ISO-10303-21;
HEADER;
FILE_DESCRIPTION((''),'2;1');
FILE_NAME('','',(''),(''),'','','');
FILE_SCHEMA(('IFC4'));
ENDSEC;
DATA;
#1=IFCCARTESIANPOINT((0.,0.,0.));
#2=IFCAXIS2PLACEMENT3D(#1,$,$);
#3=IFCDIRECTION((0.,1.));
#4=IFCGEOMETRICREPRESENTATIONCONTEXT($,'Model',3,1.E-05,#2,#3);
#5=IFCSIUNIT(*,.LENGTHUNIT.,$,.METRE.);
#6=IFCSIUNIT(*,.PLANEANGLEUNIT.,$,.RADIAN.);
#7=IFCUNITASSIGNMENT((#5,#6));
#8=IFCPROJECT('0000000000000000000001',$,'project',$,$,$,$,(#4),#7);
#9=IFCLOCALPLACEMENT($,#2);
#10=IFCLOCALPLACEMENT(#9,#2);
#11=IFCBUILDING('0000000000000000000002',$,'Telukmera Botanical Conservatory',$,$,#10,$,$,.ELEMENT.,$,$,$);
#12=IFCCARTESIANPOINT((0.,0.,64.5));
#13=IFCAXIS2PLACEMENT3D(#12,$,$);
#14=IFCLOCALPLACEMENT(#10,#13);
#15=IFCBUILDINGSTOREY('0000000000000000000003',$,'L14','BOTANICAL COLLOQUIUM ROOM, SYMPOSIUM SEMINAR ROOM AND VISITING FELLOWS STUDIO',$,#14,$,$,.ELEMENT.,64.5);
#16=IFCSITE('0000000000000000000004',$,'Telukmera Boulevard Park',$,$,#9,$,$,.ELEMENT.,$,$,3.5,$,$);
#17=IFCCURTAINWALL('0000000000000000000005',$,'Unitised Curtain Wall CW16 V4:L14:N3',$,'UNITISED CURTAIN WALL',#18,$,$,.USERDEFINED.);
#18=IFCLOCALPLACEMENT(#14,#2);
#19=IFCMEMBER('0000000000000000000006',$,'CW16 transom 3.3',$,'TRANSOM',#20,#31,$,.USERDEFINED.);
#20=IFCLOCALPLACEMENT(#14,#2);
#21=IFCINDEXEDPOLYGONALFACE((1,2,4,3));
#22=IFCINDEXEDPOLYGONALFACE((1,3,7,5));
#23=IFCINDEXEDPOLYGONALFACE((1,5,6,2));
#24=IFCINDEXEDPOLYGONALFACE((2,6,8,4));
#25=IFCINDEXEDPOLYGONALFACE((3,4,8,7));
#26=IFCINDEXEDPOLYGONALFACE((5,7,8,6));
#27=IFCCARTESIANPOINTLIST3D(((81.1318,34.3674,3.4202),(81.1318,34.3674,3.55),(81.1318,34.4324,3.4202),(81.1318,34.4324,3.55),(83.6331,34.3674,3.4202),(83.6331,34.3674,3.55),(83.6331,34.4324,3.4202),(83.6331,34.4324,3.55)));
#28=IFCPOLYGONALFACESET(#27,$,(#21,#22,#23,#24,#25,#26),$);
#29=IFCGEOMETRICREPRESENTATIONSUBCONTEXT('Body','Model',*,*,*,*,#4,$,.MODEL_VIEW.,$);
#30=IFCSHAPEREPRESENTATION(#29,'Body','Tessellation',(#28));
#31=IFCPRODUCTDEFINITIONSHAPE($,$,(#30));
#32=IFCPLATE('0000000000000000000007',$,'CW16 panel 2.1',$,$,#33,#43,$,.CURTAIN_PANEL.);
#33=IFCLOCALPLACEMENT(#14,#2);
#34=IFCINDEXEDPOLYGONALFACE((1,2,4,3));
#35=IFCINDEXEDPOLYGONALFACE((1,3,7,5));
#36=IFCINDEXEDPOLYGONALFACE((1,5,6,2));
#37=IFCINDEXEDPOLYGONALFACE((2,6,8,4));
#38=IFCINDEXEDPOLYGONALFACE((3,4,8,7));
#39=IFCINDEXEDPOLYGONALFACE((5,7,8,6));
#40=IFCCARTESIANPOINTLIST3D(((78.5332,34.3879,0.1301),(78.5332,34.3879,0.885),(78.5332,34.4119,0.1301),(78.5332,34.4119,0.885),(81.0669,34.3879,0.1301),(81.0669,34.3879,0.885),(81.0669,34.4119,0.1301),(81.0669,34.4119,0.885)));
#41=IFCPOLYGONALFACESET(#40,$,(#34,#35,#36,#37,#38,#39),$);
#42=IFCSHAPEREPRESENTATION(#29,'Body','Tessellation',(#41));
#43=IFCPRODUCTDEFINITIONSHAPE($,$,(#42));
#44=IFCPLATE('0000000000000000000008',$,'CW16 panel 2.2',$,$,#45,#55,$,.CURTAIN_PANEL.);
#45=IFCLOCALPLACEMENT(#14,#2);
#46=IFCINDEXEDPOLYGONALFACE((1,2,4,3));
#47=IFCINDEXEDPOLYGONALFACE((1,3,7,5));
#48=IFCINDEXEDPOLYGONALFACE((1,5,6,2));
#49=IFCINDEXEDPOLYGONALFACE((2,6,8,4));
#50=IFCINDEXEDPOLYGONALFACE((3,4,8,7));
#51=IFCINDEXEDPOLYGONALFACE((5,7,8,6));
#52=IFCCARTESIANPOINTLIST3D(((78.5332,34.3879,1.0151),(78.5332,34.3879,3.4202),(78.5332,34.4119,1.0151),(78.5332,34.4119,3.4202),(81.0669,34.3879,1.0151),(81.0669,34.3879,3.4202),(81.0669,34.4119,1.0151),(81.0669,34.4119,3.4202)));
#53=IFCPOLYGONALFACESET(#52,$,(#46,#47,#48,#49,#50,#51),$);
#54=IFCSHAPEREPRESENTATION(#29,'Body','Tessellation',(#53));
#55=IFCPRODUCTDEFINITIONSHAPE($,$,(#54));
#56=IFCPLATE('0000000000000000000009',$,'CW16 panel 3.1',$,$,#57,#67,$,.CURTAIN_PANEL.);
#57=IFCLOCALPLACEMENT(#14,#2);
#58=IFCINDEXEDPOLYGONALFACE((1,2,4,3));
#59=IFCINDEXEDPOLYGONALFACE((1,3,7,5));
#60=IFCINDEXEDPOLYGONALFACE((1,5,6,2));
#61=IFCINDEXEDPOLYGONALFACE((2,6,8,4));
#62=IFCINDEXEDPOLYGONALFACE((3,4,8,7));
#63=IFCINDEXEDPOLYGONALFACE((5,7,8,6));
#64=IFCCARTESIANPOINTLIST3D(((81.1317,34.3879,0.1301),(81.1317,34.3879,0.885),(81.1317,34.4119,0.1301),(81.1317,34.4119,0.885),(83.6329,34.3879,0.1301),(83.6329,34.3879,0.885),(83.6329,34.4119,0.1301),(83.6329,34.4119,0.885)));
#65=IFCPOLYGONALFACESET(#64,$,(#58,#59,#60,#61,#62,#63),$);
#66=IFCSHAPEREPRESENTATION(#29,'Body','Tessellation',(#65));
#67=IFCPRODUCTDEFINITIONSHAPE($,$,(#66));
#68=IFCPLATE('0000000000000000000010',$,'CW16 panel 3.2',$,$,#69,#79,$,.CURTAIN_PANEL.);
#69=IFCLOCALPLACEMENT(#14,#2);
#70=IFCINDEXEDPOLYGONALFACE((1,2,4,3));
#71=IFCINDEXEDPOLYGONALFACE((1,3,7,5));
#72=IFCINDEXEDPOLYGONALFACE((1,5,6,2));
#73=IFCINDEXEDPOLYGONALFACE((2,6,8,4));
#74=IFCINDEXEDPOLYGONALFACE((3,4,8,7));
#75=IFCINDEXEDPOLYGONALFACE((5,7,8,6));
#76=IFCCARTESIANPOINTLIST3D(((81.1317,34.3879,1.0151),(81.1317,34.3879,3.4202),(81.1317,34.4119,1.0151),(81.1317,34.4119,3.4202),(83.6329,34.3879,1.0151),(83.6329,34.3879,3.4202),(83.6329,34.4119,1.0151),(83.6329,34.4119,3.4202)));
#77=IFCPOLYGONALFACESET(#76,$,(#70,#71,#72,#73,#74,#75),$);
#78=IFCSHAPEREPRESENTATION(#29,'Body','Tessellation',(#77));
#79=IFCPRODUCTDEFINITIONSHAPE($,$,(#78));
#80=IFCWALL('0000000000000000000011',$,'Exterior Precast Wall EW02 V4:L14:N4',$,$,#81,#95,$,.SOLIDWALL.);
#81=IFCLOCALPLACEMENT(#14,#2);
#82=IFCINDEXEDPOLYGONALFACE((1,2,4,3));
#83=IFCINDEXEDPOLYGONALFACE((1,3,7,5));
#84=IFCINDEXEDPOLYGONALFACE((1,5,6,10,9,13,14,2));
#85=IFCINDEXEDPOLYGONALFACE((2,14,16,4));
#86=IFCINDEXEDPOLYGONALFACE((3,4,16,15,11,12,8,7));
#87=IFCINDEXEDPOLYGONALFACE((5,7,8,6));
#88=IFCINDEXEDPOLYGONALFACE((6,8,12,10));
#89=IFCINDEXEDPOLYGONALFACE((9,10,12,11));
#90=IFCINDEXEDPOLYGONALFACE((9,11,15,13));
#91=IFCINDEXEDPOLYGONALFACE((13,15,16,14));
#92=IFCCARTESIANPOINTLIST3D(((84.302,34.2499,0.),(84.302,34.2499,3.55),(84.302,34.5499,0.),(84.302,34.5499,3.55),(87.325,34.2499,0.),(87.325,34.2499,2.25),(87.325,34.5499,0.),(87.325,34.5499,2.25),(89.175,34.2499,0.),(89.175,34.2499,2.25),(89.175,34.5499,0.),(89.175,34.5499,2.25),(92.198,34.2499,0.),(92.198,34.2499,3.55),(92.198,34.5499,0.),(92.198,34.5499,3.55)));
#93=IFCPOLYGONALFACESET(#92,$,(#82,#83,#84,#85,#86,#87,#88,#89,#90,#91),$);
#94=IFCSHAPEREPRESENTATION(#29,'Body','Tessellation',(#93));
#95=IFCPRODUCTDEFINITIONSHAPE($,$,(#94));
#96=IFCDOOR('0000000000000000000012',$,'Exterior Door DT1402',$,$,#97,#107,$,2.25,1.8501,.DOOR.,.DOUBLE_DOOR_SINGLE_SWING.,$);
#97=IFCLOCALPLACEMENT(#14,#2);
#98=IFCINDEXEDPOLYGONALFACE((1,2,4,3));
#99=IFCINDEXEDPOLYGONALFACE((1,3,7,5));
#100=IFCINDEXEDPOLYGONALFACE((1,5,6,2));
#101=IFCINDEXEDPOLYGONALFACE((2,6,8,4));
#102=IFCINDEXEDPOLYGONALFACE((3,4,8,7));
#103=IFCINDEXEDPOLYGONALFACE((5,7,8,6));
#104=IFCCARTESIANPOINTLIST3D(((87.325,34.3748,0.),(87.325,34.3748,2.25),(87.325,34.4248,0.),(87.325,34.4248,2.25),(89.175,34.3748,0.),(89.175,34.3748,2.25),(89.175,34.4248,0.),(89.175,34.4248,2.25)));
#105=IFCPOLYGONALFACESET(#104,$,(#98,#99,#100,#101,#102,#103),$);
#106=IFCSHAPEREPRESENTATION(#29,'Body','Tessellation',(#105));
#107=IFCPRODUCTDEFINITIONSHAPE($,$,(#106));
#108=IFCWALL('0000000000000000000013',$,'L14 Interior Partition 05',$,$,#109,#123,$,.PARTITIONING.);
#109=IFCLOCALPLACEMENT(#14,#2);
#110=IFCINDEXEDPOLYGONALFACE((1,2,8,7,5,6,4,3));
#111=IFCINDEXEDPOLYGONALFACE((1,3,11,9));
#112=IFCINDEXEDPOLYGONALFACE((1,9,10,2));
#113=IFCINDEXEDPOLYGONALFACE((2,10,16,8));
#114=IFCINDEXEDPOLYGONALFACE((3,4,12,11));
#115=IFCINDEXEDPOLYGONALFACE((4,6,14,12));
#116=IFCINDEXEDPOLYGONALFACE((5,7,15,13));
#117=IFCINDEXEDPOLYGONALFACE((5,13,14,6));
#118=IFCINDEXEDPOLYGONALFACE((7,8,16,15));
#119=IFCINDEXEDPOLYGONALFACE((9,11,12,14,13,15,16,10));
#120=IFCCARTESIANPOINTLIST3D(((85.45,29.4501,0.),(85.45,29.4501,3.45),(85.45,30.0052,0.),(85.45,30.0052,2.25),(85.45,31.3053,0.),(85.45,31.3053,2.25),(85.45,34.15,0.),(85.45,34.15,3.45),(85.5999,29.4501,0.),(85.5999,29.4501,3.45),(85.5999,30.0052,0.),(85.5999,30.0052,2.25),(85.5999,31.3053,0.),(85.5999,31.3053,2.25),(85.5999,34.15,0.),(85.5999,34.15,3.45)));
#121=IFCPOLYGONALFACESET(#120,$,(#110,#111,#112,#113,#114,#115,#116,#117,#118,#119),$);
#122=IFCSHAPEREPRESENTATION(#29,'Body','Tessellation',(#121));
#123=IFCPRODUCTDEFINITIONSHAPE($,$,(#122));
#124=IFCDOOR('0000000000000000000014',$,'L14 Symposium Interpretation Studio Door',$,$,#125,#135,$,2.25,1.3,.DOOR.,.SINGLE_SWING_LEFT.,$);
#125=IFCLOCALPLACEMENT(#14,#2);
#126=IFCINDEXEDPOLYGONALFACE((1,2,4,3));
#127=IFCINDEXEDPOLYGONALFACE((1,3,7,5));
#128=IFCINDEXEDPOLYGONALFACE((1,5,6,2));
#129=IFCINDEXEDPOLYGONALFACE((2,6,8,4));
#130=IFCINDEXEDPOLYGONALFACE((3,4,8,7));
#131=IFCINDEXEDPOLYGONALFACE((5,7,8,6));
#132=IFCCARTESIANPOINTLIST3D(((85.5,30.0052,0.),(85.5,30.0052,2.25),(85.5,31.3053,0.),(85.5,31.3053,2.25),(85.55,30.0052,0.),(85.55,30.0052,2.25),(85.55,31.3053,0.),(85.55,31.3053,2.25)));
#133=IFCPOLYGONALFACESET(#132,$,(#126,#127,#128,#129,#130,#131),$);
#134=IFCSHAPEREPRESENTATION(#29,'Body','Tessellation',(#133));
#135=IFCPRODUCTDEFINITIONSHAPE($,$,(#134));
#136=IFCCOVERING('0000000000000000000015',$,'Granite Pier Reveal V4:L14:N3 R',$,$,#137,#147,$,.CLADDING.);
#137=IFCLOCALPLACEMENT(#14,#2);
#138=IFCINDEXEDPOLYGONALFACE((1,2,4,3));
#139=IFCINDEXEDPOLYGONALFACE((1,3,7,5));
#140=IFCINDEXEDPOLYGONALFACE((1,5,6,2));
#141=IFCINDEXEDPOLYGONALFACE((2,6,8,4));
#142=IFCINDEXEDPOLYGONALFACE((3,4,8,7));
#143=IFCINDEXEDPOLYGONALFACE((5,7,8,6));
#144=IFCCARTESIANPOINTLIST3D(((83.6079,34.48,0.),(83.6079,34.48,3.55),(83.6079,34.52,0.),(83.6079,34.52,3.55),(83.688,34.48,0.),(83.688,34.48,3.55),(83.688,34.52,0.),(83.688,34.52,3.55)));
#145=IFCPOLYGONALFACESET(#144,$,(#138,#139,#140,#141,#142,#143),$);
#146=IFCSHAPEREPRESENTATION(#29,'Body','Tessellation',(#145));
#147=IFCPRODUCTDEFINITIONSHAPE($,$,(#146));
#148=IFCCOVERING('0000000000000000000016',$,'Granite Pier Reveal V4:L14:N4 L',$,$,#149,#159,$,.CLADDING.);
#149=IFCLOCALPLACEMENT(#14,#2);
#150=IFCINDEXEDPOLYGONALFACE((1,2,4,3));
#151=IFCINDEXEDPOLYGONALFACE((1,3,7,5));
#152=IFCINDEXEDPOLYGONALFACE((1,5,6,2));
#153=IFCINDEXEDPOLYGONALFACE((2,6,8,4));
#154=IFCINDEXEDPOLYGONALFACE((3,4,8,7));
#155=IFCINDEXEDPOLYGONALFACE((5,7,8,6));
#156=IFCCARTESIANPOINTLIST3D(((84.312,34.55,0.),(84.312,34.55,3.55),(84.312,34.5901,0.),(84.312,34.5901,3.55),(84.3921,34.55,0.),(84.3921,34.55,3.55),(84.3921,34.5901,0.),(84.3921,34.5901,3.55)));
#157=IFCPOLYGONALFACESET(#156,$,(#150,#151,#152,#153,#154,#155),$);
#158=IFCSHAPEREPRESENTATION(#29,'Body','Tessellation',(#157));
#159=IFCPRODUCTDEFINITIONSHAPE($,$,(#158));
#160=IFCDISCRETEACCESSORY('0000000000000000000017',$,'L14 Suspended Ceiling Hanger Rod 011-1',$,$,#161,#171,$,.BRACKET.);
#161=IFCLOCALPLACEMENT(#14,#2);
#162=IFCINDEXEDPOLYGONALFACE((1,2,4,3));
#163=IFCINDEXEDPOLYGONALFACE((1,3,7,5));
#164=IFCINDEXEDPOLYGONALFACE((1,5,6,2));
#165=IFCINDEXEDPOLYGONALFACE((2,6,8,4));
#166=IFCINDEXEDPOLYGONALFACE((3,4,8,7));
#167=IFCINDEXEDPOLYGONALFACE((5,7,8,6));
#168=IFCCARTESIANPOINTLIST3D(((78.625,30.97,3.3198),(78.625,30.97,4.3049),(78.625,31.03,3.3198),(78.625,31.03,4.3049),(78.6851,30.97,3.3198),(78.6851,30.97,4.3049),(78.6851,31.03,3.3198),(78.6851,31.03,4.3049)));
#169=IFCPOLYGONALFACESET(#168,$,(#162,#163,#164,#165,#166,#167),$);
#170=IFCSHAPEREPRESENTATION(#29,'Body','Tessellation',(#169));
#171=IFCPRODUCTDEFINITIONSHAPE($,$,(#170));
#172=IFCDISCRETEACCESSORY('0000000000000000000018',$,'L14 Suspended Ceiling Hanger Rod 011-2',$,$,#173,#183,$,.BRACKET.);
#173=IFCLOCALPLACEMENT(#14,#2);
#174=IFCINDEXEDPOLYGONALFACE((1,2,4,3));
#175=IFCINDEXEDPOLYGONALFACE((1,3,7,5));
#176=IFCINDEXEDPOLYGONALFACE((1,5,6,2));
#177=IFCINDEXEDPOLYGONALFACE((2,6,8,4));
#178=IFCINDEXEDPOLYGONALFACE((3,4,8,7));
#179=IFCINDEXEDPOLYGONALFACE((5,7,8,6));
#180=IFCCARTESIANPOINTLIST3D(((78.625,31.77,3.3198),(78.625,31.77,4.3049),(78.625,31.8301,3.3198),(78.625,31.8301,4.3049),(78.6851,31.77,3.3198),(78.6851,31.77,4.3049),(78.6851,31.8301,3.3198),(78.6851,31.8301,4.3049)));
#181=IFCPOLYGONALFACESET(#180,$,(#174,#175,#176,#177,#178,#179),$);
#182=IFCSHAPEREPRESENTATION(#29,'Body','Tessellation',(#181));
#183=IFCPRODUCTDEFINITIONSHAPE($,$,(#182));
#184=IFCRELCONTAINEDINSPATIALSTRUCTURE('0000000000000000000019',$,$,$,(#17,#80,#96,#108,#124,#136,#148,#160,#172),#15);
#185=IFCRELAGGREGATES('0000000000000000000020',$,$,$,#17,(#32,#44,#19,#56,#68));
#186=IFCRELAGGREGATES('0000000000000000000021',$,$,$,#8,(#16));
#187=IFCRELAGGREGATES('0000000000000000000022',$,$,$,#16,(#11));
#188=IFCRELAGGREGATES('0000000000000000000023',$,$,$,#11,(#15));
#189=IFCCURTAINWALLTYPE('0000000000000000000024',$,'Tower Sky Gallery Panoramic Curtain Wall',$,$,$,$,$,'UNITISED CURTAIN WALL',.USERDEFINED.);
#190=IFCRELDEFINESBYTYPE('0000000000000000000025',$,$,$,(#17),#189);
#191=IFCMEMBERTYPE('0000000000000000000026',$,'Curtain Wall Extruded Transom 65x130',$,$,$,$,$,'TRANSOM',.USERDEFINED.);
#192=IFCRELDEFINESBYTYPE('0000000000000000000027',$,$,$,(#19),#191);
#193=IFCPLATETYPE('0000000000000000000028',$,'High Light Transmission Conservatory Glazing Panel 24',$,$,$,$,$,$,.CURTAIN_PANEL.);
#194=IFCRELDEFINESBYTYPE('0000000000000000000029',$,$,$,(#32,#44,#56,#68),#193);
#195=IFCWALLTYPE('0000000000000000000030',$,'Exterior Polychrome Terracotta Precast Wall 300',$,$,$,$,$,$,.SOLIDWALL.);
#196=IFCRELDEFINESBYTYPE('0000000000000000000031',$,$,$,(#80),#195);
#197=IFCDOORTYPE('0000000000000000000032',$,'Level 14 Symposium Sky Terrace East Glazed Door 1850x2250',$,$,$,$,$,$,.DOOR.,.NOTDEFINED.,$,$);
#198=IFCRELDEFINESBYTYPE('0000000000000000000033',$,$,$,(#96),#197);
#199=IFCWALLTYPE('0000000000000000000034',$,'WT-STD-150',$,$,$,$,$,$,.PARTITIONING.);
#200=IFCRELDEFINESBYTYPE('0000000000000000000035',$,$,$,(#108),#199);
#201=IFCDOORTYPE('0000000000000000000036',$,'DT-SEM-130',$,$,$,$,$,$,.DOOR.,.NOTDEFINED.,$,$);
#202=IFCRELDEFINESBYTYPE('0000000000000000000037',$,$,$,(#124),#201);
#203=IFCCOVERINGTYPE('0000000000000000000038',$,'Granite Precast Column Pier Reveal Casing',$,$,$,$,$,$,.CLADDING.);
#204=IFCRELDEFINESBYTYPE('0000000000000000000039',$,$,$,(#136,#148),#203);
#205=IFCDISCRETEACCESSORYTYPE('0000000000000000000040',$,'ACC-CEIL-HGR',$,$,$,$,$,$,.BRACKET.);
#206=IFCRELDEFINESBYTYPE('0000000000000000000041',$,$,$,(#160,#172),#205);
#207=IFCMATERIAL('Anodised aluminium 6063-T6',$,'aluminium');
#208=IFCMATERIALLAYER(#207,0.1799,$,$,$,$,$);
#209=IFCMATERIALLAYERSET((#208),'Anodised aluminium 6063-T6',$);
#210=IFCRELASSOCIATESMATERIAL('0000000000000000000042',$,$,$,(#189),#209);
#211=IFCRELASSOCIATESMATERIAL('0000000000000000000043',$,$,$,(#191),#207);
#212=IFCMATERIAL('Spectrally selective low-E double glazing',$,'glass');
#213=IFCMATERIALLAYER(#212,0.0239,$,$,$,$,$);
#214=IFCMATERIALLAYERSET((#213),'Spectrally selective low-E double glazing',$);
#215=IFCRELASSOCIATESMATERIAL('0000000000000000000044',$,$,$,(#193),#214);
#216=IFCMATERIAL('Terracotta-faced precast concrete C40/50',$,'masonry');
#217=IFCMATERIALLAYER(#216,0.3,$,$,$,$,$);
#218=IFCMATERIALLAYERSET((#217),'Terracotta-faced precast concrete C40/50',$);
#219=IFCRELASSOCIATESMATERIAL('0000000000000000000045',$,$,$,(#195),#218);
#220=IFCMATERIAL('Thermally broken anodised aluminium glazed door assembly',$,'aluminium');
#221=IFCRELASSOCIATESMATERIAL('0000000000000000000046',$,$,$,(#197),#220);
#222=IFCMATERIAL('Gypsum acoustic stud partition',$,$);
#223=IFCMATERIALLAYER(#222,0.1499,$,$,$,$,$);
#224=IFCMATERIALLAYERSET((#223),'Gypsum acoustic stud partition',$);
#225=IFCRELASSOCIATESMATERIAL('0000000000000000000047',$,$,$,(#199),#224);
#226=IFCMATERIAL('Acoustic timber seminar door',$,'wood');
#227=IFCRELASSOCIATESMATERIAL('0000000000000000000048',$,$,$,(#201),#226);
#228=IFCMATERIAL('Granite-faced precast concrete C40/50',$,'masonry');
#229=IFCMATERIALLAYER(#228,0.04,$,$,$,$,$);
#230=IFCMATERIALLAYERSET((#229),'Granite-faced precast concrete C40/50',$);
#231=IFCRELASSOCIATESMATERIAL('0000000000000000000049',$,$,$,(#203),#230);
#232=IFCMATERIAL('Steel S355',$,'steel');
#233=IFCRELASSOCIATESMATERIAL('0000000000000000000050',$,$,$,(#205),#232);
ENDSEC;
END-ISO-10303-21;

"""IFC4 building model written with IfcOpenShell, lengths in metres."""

from ifc_helpers import new_model, si_unit, direction, frame, frame_2d, origin, origin_2d, place, context, subcontext, project, spatial, rectangle, extrude, material, layer, layer_set, material_profile, profile_set, type_object, element, fill, aggregate, save


model = new_model("IFC4")

# Units and contexts
model_context = context("Model", 3, precision=1e-05, world=origin(), true_north=direction((0.0, 1.0)))
body_context = subcontext(model_context, "Body", "Model", "MODEL_VIEW")
ifc_project = project(units=[si_unit("LENGTHUNIT", "METRE"), si_unit("PLANEANGLEUNIT", "RADIAN")], contexts=[model_context])

# Site, building, storey
site_placement = place(None, origin())
site = spatial("IfcSite", under=ifc_project, at=site_placement, Name="Telukmera Boulevard Park", CompositionType="ELEMENT", RefElevation=3.5)
building_placement = place(site_placement, origin())
building = spatial("IfcBuilding", under=site, at=building_placement, Name="Telukmera Botanical Conservatory", CompositionType="ELEMENT")
storey_placement = place(building_placement, frame((0.0, 0.0, 64.5)))
storey = spatial("IfcBuildingStorey", under=building, at=storey_placement, Name="L14", Description="BOTANICAL COLLOQUIUM ROOM, SYMPOSIUM SEMINAR ROOM AND VISITING FELLOWS STUDIO", CompositionType="ELEMENT", Elevation=64.5)

# Curtain wall, member, plates
ifc_material_1 = material(Name="Anodised aluminium 6063-T6", Category="aluminium")
ifc_layer_1 = layer(ifc_material_1, 0.1799)
ifc_layer_set_1 = layer_set([ifc_layer_1], Name="Anodised aluminium 6063-T6")
curtain_wall_type = type_object("IfcCurtainWallType", Name="Tower Sky Gallery Panoramic Curtain Wall", ElementType="UNITISED CURTAIN WALL", PredefinedType="USERDEFINED", material=ifc_layer_set_1)
curtain_wall_placement = place(storey_placement, origin())
curtain_wall = element("IfcCurtainWall", 1, at=curtain_wall_placement, inside=storey, type_object=curtain_wall_type, Name="Unitised Curtain Wall CW16 V4:L14:N3", ObjectType="UNITISED CURTAIN WALL", PredefinedType="USERDEFINED")
ifc_material_profile_1 = material_profile(ifc_material_1, rectangle(XDim=0.0649, YDim=0.1299, at=origin_2d()), Name="ALU TRAN 65x130")
ifc_profile_set_1 = profile_set([ifc_material_profile_1], Name="Anodised aluminium 6063-T6")
member_type_1 = type_object("IfcMemberType", Name="Curtain Wall Extruded Transom 65x130", ElementType="TRANSOM", PredefinedType="USERDEFINED", material=ifc_profile_set_1)
member_1_placement = place(storey_placement, frame((81.1318, 34.3999, 3.4851), z_axis=(1.0, 0.0, 0.0), x_axis=(0.0, 1.0, 0.0)))
member_1 = element("IfcMember", 2, at=member_1_placement, type_object=member_type_1, Name="CW16 transom 3.3", ObjectType="TRANSOM", PredefinedType="USERDEFINED", context=body_context, shape_type="SweptSolid", body=[
    extrude(rectangle(XDim=0.0649, YDim=0.1299, at=origin_2d()), origin(), (0.0, 0.0, 1.0), 2.5012),
])
ifc_material_2 = material(Name="Spectrally selective low-E double glazing", Category="glass")
ifc_layer_2 = layer(ifc_material_2, 0.0239)
ifc_layer_set_2 = layer_set([ifc_layer_2], Name="Spectrally selective low-E double glazing")
plate_type = type_object("IfcPlateType", Name="High Light Transmission Conservatory Glazing Panel 24", PredefinedType="CURTAIN_PANEL", material=ifc_layer_set_2)
plate_1_placement = place(storey_placement, frame((79.8, 34.3999, 0.1301), z_axis=(0.0, 0.0, 1.0), x_axis=(1.0, 0.0, 0.0)))
plate_1 = element("IfcPlate", 3, at=plate_1_placement, type_object=plate_type, Name="CW16 panel 2.1", PredefinedType="CURTAIN_PANEL", context=body_context, shape_type="SweptSolid", body=[
    extrude(rectangle(XDim=2.5337, YDim=0.0239, at=origin_2d()), origin(), (0.0, 0.0, 1.0), 0.7549),
])
plate_2_placement = place(storey_placement, frame((79.8, 34.3999, 1.0151), z_axis=(0.0, 0.0, 1.0), x_axis=(1.0, 0.0, 0.0)))
plate_2 = element("IfcPlate", 4, at=plate_2_placement, type_object=plate_type, Name="CW16 panel 2.2", PredefinedType="CURTAIN_PANEL", context=body_context, shape_type="SweptSolid", body=[
    extrude(rectangle(XDim=2.5337, YDim=0.0239, at=origin_2d()), origin(), (0.0, 0.0, 1.0), 2.405),
])
plate_3_placement = place(storey_placement, frame((82.3823, 34.3999, 0.1301), z_axis=(0.0, 0.0, 1.0), x_axis=(1.0, 0.0, 0.0)))
plate_3 = element("IfcPlate", 5, at=plate_3_placement, type_object=plate_type, Name="CW16 panel 3.1", PredefinedType="CURTAIN_PANEL", context=body_context, shape_type="SweptSolid", body=[
    extrude(rectangle(XDim=2.5012, YDim=0.0239, at=origin_2d()), origin(), (0.0, 0.0, 1.0), 0.7549),
])
plate_4_placement = place(storey_placement, frame((82.3823, 34.3999, 1.0151), z_axis=(0.0, 0.0, 1.0), x_axis=(1.0, 0.0, 0.0)))
plate_4 = element("IfcPlate", 6, at=plate_4_placement, type_object=plate_type, Name="CW16 panel 3.2", PredefinedType="CURTAIN_PANEL", context=body_context, shape_type="SweptSolid", body=[
    extrude(rectangle(XDim=2.5012, YDim=0.0239, at=origin_2d()), origin(), (0.0, 0.0, 1.0), 2.405),
])
aggregate(curtain_wall, [plate_1, plate_2, member_1, plate_3, plate_4])

# Walls, openings, doors
ifc_material_3 = material(Name="Terracotta-faced precast concrete C40/50", Category="masonry")
ifc_layer_3 = layer(ifc_material_3, 0.3)
ifc_layer_set_3 = layer_set([ifc_layer_3], Name="Terracotta-faced precast concrete C40/50")
wall_type_1 = type_object("IfcWallType", Name="Exterior Polychrome Terracotta Precast Wall 300", PredefinedType="SOLIDWALL", material=ifc_layer_set_3)
wall_1_placement = place(storey_placement, frame((84.302, 34.3999, 0.0), z_axis=(0.0, 0.0, 1.0), x_axis=(1.0, 0.0, 0.0)))
wall_1 = element("IfcWall", 7, at=wall_1_placement, inside=storey, type_object=wall_type_1, Name="Exterior Precast Wall EW02 V4:L14:N4", PredefinedType="SOLIDWALL", context=body_context, shape_type="SweptSolid", body=[
    extrude(rectangle(XDim=7.896, YDim=0.3, at=frame_2d((3.948, 0.0))), origin(), (0.0, 0.0, 1.0), 3.55),
])
opening_1_placement = place(wall_1_placement, frame((3.0229, 0.0, 0.0)))
opening_1 = element("IfcOpeningElement", 8, at=opening_1_placement, cuts=wall_1, PredefinedType="OPENING", context=body_context, shape_type="SweptSolid", body=[
    extrude(rectangle(XDim=1.8501, YDim=2.25, at=frame_2d((0.925, 1.125))), frame((0.0, 0.1599, 0.0), z_axis=(0.0, -1.0, 0.0), x_axis=(1.0, 0.0, 0.0)), (0.0, 0.0, 1.0), 0.3201),
])
ifc_material_4 = material(Name="Thermally broken anodised aluminium glazed door assembly", Category="aluminium")
door_type_1 = type_object("IfcDoorType", Name="Level 14 Symposium Sky Terrace East Glazed Door 1850x2250", OperationType="NOTDEFINED", PredefinedType="DOOR", material=ifc_material_4)
door_1_placement = place(opening_1_placement, origin())
door_1 = element("IfcDoor", 9, at=door_1_placement, inside=storey, type_object=door_type_1, Name="Exterior Door DT1402", OperationType="DOUBLE_DOOR_SINGLE_SWING", OverallHeight=2.25, OverallWidth=1.8501, PredefinedType="DOOR", context=body_context, shape_type="SweptSolid", body=[
    extrude(rectangle(XDim=1.8501, YDim=2.25, at=frame_2d((0.925, 1.125))), frame((0.0, 0.0249, 0.0), z_axis=(0.0, -1.0, 0.0), x_axis=(1.0, 0.0, 0.0)), (0.0, 0.0, 1.0), 0.05),
])
fill(opening_1, door_1)
ifc_material_5 = material(Name="Gypsum acoustic stud partition")
ifc_layer_4 = layer(ifc_material_5, 0.1499)
ifc_layer_set_4 = layer_set([ifc_layer_4], Name="Gypsum acoustic stud partition")
wall_type_2 = type_object("IfcWallType", Name="WT-STD-150", PredefinedType="PARTITIONING", material=ifc_layer_set_4)
wall_2_placement = place(storey_placement, frame((85.5249, 29.45, 0.0), z_axis=(0.0, 0.0, 1.0), x_axis=(0.0, 1.0, 0.0)))
wall_2 = element("IfcWall", 10, at=wall_2_placement, inside=storey, type_object=wall_type_2, Name="L14 Interior Partition 05", PredefinedType="PARTITIONING", context=body_context, shape_type="SweptSolid", body=[
    extrude(rectangle(XDim=4.7, YDim=0.1499, at=frame_2d((2.3501, 0.0))), origin(), (0.0, 0.0, 1.0), 3.45),
])
opening_2_placement = place(wall_2_placement, frame((0.5554, 0.0, 0.0)))
opening_2 = element("IfcOpeningElement", 11, at=opening_2_placement, cuts=wall_2, PredefinedType="OPENING", context=body_context, shape_type="SweptSolid", body=[
    extrude(rectangle(XDim=1.3, YDim=2.25, at=frame_2d((0.6499, 1.125))), frame((0.0, 0.085, 0.0), z_axis=(0.0, -1.0, 0.0), x_axis=(1.0, 0.0, 0.0)), (0.0, 0.0, 1.0), 0.1699),
])
ifc_material_6 = material(Name="Acoustic timber seminar door", Category="wood")
door_type_2 = type_object("IfcDoorType", Name="DT-SEM-130", OperationType="NOTDEFINED", PredefinedType="DOOR", material=ifc_material_6)
door_2_placement = place(opening_2_placement, origin())
door_2 = element("IfcDoor", 12, at=door_2_placement, inside=storey, type_object=door_type_2, Name="L14 Symposium Interpretation Studio Door", OperationType="SINGLE_SWING_LEFT", OverallHeight=2.25, OverallWidth=1.3, PredefinedType="DOOR", context=body_context, shape_type="SweptSolid", body=[
    extrude(rectangle(XDim=1.3, YDim=2.25, at=frame_2d((0.6499, 1.125))), frame((0.0, 0.0249, 0.0), z_axis=(0.0, -1.0, 0.0), x_axis=(1.0, 0.0, 0.0)), (0.0, 0.0, 1.0), 0.05),
])
fill(opening_2, door_2)

# Coverings
ifc_material_7 = material(Name="Granite-faced precast concrete C40/50", Category="masonry")
ifc_layer_5 = layer(ifc_material_7, 0.04)
ifc_layer_set_5 = layer_set([ifc_layer_5], Name="Granite-faced precast concrete C40/50")
covering_type = type_object("IfcCoveringType", Name="Granite Precast Column Pier Reveal Casing", PredefinedType="CLADDING", material=ifc_layer_set_5)
for number, where, z_axis, x_axis, name in (
    (13, (83.6479, 34.5, 0.0), (0.0, 0.0, 1.0), (1.0, 0.0, 0.0), "Granite Pier Reveal V4:L14:N3 R"),
    (14, (84.3521, 34.5701, 0.0), (0.0, 0.0, 1.0), (1.0, 0.0, 0.0), "Granite Pier Reveal V4:L14:N4 L"),
):
    element("IfcCovering", number, at=place(storey_placement, frame(where, z_axis=z_axis, x_axis=x_axis)), inside=storey, type_object=covering_type, Name=name, PredefinedType="CLADDING", context=body_context, shape_type="SweptSolid", body=[
        extrude(rectangle(XDim=0.0801, YDim=0.04, at=origin_2d()), origin(), (0.0, 0.0, 1.0), 3.55),
    ])

# Discrete accessories
ifc_material_8 = material(Name="Steel S355", Category="steel")
discrete_accessory_type = type_object("IfcDiscreteAccessoryType", Name="ACC-CEIL-HGR", PredefinedType="BRACKET", material=ifc_material_8)
for number, where, z_axis, x_axis, name in (
    (15, (78.655, 31.0, 3.3198), (0.0, 0.0, 1.0), (1.0, 0.0, 0.0), "L14 Suspended Ceiling Hanger Rod 011-1"),
    (16, (78.655, 31.8, 3.3198), (0.0, 0.0, 1.0), (1.0, 0.0, 0.0), "L14 Suspended Ceiling Hanger Rod 011-2"),
):
    element("IfcDiscreteAccessory", number, at=place(storey_placement, frame(where, z_axis=z_axis, x_axis=x_axis)), inside=storey, type_object=discrete_accessory_type, Name=name, PredefinedType="BRACKET", context=body_context, shape_type="SweptSolid", body=[
        extrude(rectangle(XDim=0.0601, YDim=0.0601, at=origin_2d()), origin(), (0.0, 0.0, 1.0), 0.9851),
    ])

save(model, "model.ifc")
